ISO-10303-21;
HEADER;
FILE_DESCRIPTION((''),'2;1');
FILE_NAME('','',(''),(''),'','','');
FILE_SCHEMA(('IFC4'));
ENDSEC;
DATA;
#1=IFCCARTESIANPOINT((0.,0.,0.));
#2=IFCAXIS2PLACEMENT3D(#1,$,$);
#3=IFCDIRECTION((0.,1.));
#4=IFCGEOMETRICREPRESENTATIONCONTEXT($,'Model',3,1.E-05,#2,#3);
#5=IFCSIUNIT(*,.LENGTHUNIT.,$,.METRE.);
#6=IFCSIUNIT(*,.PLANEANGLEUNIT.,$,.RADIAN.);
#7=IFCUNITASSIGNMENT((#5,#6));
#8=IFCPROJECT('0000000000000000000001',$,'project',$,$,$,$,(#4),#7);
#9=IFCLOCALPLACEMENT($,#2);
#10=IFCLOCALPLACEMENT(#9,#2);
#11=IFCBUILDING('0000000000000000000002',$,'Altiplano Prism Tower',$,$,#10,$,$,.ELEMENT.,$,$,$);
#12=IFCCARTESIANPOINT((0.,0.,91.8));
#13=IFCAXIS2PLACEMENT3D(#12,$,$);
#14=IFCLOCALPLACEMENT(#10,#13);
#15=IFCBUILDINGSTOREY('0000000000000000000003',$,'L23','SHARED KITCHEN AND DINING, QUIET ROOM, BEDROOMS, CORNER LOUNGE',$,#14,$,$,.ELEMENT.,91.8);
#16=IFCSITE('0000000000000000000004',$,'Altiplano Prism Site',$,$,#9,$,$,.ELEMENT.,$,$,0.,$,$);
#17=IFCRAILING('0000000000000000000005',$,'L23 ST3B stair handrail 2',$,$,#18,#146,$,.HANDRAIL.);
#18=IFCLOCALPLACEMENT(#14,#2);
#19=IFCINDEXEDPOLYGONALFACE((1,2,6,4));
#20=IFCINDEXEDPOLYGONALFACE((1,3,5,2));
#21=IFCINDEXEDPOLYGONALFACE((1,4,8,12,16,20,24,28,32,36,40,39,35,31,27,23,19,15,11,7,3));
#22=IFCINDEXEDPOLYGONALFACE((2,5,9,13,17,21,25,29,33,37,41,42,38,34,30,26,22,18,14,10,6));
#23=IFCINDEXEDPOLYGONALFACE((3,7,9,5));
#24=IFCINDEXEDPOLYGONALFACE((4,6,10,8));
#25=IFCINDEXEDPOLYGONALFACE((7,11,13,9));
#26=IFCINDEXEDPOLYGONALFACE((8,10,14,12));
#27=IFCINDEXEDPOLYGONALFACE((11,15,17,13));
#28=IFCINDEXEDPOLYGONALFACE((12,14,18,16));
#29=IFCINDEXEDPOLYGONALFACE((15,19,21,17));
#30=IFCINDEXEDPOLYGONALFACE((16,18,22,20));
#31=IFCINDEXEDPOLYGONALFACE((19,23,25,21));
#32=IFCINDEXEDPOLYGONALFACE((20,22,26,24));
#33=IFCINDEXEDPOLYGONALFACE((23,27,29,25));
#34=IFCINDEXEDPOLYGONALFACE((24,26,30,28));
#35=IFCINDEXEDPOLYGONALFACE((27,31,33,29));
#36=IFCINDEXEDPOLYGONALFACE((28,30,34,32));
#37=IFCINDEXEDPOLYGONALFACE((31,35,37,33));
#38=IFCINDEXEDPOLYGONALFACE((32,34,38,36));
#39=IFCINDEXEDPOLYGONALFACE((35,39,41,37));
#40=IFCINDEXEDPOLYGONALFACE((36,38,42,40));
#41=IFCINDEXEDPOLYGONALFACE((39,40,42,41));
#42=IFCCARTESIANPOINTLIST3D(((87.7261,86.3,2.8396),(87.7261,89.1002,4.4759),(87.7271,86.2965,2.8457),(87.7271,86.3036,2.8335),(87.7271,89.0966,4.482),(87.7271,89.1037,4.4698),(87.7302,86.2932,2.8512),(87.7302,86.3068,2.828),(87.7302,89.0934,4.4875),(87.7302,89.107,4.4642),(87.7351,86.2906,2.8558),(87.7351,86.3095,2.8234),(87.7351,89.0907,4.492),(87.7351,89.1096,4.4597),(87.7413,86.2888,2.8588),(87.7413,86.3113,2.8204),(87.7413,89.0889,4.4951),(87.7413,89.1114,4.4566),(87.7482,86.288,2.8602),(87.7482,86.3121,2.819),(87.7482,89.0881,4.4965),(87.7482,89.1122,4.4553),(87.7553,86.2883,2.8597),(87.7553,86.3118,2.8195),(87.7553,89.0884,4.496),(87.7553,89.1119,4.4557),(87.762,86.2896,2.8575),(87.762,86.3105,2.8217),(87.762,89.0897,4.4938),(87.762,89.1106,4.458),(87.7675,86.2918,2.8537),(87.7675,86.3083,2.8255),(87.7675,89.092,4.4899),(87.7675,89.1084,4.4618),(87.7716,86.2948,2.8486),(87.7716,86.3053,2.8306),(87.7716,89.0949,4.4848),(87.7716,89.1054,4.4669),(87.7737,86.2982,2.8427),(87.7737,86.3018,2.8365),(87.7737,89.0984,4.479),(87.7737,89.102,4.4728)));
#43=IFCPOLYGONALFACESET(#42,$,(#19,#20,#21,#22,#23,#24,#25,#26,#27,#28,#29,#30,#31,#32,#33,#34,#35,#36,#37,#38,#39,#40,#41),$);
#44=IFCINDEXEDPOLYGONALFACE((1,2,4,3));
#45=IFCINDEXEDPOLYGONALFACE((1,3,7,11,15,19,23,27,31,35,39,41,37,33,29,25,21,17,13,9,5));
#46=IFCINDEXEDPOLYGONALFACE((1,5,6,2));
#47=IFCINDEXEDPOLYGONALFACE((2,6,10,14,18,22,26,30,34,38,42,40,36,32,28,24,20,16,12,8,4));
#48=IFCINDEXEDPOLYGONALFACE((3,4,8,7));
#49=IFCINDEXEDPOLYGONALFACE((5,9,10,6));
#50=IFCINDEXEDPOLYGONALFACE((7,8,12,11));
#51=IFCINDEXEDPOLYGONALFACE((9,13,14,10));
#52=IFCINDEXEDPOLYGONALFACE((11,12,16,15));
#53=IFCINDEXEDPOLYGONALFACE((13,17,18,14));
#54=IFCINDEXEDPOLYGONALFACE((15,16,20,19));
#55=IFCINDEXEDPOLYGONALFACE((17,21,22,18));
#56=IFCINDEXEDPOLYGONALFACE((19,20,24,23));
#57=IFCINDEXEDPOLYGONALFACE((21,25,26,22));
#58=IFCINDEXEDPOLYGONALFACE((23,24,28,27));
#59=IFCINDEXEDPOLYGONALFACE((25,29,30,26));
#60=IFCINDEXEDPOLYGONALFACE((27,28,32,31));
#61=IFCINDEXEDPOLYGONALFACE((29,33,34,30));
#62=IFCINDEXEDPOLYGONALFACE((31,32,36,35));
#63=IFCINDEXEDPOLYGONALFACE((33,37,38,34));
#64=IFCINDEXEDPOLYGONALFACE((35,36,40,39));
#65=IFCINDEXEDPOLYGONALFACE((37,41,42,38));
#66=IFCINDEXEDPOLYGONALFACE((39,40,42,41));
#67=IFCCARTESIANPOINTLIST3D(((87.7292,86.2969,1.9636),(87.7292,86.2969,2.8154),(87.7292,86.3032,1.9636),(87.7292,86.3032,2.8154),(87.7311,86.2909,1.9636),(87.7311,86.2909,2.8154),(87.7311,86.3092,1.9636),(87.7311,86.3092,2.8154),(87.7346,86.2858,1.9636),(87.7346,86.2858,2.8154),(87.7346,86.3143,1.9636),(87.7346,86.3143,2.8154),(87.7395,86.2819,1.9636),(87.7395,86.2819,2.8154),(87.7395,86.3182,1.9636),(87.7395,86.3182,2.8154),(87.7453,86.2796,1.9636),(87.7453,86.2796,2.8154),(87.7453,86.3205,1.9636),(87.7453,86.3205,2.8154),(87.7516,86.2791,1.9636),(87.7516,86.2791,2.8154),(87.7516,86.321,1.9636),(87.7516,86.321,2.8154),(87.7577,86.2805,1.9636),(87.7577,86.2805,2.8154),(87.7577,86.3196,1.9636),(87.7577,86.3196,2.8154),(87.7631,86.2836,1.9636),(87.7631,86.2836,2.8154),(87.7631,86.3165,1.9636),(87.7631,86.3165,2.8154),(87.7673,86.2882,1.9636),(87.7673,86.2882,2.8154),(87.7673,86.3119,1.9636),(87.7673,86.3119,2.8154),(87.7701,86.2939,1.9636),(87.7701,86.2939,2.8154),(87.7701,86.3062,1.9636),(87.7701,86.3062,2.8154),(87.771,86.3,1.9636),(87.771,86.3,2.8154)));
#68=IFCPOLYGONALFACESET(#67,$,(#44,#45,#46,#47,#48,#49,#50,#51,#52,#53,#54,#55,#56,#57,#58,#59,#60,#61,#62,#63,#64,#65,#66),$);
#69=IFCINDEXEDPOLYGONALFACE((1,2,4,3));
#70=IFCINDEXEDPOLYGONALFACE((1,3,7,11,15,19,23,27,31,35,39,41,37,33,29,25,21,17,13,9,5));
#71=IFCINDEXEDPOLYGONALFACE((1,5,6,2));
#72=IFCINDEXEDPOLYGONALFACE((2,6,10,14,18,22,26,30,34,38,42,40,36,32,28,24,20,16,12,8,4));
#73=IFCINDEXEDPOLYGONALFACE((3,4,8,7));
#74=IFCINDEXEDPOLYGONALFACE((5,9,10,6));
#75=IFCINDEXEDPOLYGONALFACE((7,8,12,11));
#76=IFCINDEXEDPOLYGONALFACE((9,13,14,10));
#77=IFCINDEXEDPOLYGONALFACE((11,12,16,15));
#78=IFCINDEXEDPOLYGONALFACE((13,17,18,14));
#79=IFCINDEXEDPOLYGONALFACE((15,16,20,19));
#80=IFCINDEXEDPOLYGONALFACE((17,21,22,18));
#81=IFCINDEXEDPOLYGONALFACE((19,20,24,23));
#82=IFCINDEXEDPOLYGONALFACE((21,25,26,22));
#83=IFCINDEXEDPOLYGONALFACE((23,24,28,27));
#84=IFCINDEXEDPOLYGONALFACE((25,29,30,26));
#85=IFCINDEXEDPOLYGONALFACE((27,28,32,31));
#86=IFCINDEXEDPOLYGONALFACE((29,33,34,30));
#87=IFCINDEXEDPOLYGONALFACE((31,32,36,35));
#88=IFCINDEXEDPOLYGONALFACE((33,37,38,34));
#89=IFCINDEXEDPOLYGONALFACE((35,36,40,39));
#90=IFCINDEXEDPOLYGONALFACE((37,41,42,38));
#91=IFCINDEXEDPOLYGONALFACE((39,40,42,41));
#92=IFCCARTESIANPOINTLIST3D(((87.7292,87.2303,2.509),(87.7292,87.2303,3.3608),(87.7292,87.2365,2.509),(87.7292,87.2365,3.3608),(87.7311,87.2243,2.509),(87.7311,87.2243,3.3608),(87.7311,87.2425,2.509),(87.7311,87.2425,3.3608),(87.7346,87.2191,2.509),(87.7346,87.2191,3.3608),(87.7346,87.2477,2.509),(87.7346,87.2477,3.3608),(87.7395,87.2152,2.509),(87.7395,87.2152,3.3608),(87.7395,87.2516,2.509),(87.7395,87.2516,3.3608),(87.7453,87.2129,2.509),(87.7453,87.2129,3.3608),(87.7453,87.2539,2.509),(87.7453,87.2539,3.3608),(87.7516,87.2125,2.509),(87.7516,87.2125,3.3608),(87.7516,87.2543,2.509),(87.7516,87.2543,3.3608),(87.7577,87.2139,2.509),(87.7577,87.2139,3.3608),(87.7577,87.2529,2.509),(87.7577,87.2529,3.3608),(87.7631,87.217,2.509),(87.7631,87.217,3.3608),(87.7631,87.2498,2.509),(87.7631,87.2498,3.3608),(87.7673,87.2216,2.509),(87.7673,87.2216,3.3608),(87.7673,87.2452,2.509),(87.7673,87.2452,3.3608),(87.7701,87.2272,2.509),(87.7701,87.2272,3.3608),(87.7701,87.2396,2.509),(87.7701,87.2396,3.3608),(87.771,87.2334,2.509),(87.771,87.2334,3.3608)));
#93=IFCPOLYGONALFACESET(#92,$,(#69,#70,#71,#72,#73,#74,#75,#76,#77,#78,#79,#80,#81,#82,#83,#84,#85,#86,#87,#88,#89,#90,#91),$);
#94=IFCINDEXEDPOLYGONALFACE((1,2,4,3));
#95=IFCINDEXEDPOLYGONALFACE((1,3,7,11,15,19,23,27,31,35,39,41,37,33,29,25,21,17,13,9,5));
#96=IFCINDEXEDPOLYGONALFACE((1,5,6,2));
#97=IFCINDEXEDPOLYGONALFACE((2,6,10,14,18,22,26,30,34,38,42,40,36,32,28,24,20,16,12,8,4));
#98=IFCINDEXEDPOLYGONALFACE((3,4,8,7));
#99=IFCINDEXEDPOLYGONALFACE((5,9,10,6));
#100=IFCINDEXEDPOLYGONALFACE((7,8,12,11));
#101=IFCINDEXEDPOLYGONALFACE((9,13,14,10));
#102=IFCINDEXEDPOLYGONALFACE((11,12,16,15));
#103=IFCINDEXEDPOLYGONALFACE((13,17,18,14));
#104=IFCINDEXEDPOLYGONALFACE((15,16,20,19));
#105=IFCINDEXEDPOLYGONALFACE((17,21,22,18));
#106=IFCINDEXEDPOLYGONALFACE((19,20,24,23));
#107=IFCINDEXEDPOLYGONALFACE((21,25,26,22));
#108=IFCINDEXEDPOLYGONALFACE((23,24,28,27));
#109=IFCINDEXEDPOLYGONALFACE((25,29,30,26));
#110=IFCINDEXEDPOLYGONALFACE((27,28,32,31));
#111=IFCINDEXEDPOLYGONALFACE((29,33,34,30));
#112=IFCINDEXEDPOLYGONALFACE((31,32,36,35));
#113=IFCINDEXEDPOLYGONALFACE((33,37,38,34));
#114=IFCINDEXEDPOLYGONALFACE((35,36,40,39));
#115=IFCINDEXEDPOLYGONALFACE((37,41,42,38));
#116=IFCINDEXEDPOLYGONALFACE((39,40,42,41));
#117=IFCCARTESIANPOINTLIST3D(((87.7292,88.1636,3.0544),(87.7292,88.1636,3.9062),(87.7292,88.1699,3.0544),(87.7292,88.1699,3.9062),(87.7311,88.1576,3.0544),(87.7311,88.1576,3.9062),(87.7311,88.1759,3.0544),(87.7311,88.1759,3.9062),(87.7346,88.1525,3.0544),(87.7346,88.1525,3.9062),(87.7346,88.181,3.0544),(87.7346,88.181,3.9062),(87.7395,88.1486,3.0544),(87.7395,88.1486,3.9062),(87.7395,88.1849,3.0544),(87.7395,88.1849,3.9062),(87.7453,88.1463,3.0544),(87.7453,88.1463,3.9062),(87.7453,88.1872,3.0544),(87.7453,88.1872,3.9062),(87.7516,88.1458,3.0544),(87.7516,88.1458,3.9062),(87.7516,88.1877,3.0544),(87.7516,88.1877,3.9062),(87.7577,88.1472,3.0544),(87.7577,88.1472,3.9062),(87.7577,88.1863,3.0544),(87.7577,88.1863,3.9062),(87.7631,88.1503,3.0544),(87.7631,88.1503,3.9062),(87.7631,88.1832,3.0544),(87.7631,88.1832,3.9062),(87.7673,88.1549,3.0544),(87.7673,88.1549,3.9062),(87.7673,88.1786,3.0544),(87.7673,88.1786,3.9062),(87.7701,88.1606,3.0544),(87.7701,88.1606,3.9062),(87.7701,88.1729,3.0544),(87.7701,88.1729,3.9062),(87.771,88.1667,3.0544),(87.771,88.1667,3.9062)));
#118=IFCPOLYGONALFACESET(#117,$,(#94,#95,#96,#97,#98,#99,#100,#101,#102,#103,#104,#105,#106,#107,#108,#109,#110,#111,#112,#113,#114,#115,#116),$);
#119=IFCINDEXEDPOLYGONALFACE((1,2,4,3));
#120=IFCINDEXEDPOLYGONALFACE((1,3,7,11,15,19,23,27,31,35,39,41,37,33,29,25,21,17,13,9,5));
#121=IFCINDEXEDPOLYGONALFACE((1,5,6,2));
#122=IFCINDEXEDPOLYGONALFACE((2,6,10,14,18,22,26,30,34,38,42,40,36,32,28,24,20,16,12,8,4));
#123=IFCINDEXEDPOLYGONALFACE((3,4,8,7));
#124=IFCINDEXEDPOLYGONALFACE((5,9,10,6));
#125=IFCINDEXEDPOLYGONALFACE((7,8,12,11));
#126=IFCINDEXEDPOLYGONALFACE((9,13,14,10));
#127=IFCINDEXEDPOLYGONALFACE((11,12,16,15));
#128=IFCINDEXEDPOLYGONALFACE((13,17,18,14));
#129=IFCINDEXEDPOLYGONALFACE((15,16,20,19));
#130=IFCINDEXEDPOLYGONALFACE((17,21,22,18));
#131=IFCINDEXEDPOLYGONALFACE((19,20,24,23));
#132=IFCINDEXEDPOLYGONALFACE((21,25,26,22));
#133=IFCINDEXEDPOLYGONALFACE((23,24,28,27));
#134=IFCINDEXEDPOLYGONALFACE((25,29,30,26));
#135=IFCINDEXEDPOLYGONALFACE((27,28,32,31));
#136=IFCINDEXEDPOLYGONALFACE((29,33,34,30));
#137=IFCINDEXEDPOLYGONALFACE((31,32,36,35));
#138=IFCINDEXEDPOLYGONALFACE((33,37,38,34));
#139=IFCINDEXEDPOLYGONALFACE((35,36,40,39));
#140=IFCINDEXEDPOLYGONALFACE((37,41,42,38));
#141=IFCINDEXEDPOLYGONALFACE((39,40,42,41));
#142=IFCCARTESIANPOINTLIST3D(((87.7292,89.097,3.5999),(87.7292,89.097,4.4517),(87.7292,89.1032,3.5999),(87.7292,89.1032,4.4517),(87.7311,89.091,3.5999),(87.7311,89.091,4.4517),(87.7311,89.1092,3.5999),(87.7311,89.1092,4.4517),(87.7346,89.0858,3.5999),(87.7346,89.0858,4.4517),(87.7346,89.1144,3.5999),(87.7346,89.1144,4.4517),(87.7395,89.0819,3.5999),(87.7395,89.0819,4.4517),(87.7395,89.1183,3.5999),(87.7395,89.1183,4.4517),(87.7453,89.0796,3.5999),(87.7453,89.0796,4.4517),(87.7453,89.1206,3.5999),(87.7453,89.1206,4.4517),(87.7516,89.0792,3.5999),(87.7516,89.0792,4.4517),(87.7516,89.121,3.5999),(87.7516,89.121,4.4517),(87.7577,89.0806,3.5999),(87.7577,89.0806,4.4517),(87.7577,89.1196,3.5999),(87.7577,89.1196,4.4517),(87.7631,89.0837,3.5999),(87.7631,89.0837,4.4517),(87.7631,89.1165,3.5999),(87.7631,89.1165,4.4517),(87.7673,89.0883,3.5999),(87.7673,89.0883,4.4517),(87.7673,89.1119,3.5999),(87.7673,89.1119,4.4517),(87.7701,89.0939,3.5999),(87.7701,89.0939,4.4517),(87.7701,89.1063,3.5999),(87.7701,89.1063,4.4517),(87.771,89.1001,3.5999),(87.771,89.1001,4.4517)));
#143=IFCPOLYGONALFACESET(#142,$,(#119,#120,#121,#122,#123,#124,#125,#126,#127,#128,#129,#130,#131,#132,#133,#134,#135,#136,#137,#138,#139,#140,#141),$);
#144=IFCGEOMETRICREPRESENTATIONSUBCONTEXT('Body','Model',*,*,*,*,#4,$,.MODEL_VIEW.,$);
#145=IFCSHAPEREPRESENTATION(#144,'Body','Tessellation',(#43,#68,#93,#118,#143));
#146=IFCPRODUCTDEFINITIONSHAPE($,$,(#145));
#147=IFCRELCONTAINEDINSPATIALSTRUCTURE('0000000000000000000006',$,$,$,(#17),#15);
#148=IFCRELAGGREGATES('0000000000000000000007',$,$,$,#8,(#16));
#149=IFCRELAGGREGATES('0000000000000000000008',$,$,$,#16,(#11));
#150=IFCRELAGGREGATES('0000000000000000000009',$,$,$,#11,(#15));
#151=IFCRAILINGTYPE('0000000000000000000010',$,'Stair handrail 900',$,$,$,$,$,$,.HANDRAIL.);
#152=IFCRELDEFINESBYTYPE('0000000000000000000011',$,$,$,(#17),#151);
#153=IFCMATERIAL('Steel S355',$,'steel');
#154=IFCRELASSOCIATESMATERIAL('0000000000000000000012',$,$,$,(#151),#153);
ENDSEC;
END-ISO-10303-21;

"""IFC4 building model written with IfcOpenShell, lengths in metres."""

from ifc_helpers import new_model, si_unit, direction, frame, origin, origin_2d, place, context, subcontext, project, spatial, circle, extrude, material, type_object, element, save


model = new_model("IFC4")

# Units and contexts
model_context = context("Model", 3, precision=1e-05, world=origin(), true_north=direction((0.0, 1.0)))
body_context = subcontext(model_context, "Body", "Model", "MODEL_VIEW")
ifc_project = project(units=[si_unit("LENGTHUNIT", "METRE"), si_unit("PLANEANGLEUNIT", "RADIAN")], contexts=[model_context])

# Site, building, storey
site_placement = place(None, origin())
site = spatial("IfcSite", under=ifc_project, at=site_placement, Name="Altiplano Prism Site", CompositionType="ELEMENT", RefElevation=0.0)
building_placement = place(site_placement, origin())
building = spatial("IfcBuilding", under=site, at=building_placement, Name="Altiplano Prism Tower", CompositionType="ELEMENT")
storey_placement = place(building_placement, frame((0.0, 0.0, 91.8)))
storey = spatial("IfcBuildingStorey", under=building, at=storey_placement, Name="L23", Description="SHARED KITCHEN AND DINING, QUIET ROOM, BEDROOMS, CORNER LOUNGE", CompositionType="ELEMENT", Elevation=91.8)

# Railing
ifc_material_1 = material(Name="Steel S355", Category="steel")
railing_type = type_object("IfcRailingType", Name="Stair handrail 900", PredefinedType="HANDRAIL", material=ifc_material_1)
for number, where, name in (
    (1, (87.75, 86.3, 1.9636), "L23 ST3B stair handrail 2"),
):
    element("IfcRailing", number, at=place(storey_placement, frame(where)), inside=storey, type_object=railing_type, Name=name, PredefinedType="HANDRAIL", context=body_context, shape_type="SweptSolid", body=[
        extrude(circle(Radius=0.0239, at=origin_2d()), frame((0.0, 0.0, 0.876), z_axis=(0.0, 0.863394, 0.504531), x_axis=(-1.0, 0.0, 0.0)), (0.0, 0.0, 1.0), 3.2432),
        extrude(circle(Radius=0.021, at=origin_2d()), origin(), (0.0, 0.0, 1.0), 0.8518),
        extrude(circle(Radius=0.021, at=origin_2d()), frame((0.0, 0.9333, 0.5454)), (0.0, 0.0, 1.0), 0.8518),
        extrude(circle(Radius=0.021, at=origin_2d()), frame((0.0, 1.8667, 1.0908)), (0.0, 0.0, 1.0), 0.8518),
        extrude(circle(Radius=0.021, at=origin_2d()), frame((0.0, 2.8, 1.6362)), (0.0, 0.0, 1.0), 0.8518),
    ])

save(model, "model.ifc")
